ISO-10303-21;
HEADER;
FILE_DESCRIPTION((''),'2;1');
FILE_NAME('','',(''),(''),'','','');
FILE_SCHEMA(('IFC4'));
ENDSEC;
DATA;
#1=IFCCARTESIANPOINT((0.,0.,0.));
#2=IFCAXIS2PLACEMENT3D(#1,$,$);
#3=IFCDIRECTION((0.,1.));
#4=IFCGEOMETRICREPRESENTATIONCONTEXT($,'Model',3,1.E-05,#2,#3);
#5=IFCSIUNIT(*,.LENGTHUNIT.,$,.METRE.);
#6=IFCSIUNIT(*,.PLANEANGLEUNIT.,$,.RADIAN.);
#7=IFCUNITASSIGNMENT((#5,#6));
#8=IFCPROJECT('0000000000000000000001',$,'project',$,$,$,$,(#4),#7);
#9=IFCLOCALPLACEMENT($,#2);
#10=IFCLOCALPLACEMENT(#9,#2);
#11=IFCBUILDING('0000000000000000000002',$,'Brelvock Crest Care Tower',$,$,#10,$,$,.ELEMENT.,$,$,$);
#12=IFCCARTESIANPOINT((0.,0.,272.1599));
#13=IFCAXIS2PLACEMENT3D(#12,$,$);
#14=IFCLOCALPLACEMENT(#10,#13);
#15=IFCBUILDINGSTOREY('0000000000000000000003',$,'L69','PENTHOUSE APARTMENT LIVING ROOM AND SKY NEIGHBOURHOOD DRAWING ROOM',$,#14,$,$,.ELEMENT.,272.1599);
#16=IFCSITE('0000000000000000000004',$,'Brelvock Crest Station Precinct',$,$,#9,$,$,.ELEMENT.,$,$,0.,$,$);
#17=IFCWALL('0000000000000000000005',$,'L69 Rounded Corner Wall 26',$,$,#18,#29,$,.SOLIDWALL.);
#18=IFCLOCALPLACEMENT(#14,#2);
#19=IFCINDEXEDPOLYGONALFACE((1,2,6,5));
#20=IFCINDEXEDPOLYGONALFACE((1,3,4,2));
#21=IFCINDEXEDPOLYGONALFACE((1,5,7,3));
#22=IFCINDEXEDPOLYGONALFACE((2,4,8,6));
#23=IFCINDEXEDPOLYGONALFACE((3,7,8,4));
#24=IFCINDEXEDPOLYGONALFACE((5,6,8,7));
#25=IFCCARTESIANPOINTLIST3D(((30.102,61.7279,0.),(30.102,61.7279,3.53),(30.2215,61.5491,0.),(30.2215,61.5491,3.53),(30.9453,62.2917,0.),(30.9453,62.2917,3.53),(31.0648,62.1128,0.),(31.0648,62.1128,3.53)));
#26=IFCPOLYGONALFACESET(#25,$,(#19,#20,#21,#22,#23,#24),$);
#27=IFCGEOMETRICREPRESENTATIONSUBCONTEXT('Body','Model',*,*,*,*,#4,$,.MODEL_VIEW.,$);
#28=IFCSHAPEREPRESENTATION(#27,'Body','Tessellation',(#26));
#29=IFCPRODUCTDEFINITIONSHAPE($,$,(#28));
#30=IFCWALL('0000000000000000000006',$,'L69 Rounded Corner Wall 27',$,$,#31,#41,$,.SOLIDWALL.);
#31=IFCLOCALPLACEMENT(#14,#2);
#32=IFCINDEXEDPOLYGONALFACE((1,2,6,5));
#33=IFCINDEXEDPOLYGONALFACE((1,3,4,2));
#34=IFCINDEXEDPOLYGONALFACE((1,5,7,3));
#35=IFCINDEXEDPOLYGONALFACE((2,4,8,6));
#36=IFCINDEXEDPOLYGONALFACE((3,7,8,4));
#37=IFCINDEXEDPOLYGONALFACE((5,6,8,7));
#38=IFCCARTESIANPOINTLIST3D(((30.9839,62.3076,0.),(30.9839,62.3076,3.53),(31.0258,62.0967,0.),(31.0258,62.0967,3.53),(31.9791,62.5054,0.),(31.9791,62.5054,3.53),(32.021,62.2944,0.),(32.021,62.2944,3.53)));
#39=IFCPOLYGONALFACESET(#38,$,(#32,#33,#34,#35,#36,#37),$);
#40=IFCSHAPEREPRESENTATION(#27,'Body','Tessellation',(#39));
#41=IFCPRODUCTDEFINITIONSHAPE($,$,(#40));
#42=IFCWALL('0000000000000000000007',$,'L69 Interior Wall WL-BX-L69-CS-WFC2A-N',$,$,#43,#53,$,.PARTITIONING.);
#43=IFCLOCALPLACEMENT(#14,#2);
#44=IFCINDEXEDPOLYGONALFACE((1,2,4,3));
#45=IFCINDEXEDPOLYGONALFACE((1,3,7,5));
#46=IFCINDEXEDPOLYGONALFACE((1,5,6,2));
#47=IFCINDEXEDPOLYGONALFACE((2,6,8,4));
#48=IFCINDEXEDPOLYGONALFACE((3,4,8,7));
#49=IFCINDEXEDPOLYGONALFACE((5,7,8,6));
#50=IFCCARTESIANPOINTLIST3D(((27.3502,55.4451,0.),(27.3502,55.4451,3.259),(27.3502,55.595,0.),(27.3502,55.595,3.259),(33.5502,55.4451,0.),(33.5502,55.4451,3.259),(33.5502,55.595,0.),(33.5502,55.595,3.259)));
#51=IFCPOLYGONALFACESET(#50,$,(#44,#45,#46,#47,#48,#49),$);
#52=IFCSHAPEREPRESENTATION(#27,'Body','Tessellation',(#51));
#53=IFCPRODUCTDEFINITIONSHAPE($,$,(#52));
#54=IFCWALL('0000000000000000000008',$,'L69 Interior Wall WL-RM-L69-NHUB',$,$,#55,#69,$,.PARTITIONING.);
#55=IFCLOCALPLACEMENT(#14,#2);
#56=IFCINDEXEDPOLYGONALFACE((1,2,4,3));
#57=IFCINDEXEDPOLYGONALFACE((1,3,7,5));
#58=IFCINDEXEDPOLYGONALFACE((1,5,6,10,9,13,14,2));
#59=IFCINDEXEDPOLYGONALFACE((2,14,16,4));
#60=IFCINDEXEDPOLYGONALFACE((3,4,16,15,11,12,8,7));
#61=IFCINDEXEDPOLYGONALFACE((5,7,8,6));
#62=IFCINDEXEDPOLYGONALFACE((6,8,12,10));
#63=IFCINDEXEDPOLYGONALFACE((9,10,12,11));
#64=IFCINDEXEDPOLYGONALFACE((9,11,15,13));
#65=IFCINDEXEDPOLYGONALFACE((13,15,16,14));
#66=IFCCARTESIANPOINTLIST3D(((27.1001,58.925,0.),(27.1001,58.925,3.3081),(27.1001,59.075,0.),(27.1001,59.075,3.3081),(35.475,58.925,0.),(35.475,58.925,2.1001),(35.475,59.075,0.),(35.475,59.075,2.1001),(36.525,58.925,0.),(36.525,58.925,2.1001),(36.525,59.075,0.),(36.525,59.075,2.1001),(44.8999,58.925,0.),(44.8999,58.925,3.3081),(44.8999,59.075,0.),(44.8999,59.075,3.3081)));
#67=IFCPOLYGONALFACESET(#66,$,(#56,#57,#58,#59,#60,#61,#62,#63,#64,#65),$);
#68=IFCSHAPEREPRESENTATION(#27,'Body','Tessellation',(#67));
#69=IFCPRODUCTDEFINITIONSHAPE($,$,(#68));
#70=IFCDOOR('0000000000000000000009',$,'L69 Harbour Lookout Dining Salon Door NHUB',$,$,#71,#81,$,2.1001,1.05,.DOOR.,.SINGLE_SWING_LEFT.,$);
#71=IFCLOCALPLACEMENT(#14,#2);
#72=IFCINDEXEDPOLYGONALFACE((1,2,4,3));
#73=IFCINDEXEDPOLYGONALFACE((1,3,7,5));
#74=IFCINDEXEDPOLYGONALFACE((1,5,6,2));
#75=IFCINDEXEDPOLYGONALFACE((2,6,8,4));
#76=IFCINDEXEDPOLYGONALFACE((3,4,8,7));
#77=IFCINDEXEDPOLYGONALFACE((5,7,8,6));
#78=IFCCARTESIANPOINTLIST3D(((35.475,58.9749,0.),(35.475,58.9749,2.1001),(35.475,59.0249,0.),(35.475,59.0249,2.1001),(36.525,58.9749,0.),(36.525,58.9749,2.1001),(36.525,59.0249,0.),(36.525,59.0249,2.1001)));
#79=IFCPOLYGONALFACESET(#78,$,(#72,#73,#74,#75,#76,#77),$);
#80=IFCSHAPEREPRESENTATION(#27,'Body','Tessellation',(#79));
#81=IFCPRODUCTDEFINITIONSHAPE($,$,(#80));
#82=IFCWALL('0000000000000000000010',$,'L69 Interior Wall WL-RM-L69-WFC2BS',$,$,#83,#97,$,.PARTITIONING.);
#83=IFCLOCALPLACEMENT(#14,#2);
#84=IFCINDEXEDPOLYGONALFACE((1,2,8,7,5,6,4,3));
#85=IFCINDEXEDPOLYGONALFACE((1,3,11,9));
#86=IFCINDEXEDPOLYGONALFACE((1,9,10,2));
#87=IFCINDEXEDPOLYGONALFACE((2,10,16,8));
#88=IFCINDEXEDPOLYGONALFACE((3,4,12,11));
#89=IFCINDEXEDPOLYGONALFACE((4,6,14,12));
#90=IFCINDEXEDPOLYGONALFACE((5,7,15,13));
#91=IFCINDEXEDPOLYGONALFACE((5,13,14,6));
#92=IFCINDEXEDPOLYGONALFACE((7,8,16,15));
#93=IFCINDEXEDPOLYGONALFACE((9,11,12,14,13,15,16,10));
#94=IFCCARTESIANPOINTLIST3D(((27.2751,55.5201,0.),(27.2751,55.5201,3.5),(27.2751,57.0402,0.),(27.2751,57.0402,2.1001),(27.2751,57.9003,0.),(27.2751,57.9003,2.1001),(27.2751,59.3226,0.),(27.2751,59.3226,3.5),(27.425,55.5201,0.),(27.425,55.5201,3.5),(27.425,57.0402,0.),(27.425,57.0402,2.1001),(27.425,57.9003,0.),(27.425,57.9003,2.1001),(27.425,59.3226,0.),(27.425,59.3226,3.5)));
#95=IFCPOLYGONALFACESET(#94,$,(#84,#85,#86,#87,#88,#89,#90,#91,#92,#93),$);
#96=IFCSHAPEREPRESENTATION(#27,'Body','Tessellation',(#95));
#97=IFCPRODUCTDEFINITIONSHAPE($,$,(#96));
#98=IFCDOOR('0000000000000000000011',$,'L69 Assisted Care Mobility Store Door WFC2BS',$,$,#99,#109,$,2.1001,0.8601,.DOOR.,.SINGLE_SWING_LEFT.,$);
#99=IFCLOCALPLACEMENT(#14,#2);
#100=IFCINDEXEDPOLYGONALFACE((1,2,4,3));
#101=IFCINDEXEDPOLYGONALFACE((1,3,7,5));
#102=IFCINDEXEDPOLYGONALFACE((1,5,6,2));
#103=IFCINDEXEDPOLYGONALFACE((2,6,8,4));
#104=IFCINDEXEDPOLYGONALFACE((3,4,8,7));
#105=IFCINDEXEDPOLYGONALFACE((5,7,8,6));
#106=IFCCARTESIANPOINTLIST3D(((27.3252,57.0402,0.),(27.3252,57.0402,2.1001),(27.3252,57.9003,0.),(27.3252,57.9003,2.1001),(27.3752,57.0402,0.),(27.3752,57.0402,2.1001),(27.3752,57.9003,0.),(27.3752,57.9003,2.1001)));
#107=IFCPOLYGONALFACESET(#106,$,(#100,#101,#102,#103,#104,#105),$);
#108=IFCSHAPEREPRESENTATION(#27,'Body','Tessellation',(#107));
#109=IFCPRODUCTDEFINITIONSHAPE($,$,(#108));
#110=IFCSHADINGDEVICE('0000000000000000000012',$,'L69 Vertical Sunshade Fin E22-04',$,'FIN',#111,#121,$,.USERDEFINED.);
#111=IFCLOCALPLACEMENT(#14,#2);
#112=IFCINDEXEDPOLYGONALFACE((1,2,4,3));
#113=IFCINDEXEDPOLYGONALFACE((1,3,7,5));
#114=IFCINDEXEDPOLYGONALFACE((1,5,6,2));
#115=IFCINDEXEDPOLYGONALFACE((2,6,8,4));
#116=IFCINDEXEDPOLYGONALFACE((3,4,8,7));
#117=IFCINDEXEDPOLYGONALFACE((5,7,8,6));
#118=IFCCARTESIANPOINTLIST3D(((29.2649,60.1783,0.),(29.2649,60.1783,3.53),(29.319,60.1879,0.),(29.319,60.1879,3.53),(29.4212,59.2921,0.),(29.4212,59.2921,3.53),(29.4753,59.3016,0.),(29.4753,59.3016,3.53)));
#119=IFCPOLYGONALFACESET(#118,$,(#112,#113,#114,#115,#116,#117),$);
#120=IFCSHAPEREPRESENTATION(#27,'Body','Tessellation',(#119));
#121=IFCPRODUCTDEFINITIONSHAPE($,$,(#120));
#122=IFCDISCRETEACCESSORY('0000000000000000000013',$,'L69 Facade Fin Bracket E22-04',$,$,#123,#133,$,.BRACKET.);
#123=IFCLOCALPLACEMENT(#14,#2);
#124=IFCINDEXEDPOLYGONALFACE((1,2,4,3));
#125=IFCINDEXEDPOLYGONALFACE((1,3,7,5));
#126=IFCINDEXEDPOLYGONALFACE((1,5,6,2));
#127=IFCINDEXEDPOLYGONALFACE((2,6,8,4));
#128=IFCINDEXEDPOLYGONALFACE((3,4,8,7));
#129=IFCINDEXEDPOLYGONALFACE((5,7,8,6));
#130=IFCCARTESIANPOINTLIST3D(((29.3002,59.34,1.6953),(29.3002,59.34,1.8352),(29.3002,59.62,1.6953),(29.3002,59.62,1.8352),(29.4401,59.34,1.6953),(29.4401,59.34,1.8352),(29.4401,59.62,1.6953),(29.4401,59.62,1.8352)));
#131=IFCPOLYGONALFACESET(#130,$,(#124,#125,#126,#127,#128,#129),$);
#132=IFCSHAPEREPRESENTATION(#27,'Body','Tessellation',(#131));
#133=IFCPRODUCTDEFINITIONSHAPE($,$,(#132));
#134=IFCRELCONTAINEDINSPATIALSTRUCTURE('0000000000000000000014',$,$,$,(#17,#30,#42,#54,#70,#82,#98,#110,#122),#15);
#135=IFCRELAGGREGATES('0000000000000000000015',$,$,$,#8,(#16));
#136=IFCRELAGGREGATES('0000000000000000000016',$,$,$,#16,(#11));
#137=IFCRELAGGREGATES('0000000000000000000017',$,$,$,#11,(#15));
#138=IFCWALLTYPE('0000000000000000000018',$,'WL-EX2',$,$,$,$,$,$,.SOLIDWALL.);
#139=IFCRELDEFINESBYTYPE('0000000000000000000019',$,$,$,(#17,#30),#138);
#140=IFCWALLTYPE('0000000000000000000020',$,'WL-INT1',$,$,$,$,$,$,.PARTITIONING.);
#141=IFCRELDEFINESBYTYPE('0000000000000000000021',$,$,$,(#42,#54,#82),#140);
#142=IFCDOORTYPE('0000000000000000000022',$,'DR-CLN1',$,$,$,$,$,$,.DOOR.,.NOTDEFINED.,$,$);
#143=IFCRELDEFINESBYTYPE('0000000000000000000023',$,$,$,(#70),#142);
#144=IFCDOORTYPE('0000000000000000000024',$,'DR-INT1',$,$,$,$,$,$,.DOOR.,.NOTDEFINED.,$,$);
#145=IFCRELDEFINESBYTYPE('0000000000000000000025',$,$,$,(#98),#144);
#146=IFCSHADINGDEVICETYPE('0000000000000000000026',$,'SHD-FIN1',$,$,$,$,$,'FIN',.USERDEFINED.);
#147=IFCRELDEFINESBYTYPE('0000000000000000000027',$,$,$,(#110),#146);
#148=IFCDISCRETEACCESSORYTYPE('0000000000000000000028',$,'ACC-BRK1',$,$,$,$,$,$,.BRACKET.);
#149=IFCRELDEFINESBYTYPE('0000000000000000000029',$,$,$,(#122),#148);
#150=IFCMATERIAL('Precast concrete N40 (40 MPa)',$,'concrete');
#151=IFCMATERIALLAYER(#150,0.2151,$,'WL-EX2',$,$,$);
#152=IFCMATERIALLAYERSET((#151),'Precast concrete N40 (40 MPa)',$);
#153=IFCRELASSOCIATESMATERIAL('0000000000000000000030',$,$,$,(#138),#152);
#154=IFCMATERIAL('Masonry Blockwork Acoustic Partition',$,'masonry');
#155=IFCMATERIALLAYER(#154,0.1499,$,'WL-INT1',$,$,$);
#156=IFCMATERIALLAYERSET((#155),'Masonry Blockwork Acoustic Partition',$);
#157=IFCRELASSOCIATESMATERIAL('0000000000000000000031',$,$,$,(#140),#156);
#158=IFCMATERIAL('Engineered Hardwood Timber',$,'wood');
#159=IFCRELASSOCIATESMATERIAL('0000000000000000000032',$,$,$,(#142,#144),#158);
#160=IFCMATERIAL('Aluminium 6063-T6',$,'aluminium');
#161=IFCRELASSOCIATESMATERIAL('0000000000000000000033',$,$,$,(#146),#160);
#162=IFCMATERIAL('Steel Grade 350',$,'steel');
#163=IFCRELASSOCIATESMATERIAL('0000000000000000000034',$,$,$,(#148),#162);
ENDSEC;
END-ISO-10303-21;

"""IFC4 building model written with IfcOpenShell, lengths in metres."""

from ifc_helpers import new_model, si_unit, direction, frame, frame_2d, origin, origin_2d, place, context, subcontext, project, spatial, rectangle, extrude, source, transform, mapped, material, layer, layer_set, material_profile, profile_set, type_object, element, fill, save


model = new_model("IFC4")

# Units and contexts
model_context = context("Model", 3, precision=1e-05, world=origin(), true_north=direction((0.0, 1.0)))
body_context = subcontext(model_context, "Body", "Model", "MODEL_VIEW")
ifc_project = project(units=[si_unit("LENGTHUNIT", "METRE"), si_unit("PLANEANGLEUNIT", "RADIAN")], contexts=[model_context])

# Site, building, storey
site_placement = place(None, origin())
site = spatial("IfcSite", under=ifc_project, at=site_placement, Name="Brelvock Crest Station Precinct", CompositionType="ELEMENT", RefElevation=0.0)
building_placement = place(site_placement, origin())
building = spatial("IfcBuilding", under=site, at=building_placement, Name="Brelvock Crest Care Tower", CompositionType="ELEMENT")
storey_placement = place(building_placement, frame((0.0, 0.0, 272.1599)))
storey = spatial("IfcBuildingStorey", under=building, at=storey_placement, Name="L69", Description="PENTHOUSE APARTMENT LIVING ROOM AND SKY NEIGHBOURHOOD DRAWING ROOM", CompositionType="ELEMENT", Elevation=272.1599)

# Shared definitions
ifc_material_1 = material(Name="Steel Grade 350", Category="steel")

# Shared definitions
ifc_material_2 = material(Name="Aluminium 6063-T6", Category="aluminium")

# Walls
ifc_material_3 = material(Name="Precast concrete N40 (40 MPa)", Category="concrete")
ifc_layer_1 = layer(ifc_material_3, 0.2151, Name="WL-EX2")
ifc_layer_set_1 = layer_set([ifc_layer_1], Name="Precast concrete N40 (40 MPa)")
wall_type_1 = type_object("IfcWallType", Name="WL-EX2", PredefinedType="SOLIDWALL", material=ifc_layer_set_1)
wall_1_placement = place(storey_placement, frame((30.1616, 61.6384, 0.0), z_axis=(0.0, 0.0, 1.0), x_axis=(0.831346, 0.555755, 0.0)))
element("IfcWall", 1, at=wall_1_placement, inside=storey, type_object=wall_type_1, Name="L69 Rounded Corner Wall 26", PredefinedType="SOLIDWALL", context=body_context, shape_type="SweptSolid", body=[
    extrude(rectangle(XDim=1.0144, YDim=0.2151, at=frame_2d((0.5073, 0.0))), origin(), (0.0, 0.0, 1.0), 3.53),
])
wall_2_placement = place(storey_placement, frame((31.0049, 62.2021, 0.0), z_axis=(0.0, 0.0, 1.0), x_axis=(0.980821, 0.194913, 0.0)))
element("IfcWall", 2, at=wall_2_placement, inside=storey, type_object=wall_type_1, Name="L69 Rounded Corner Wall 27", PredefinedType="SOLIDWALL", context=body_context, shape_type="SweptSolid", body=[
    extrude(rectangle(XDim=1.0146, YDim=0.2151, at=frame_2d((0.5073, 0.0))), origin(), (0.0, 0.0, 1.0), 3.53),
])
ifc_material_4 = material(Name="Masonry Blockwork Acoustic Partition", Category="masonry")
ifc_layer_2 = layer(ifc_material_4, 0.1499, Name="WL-INT1")
ifc_layer_set_2 = layer_set([ifc_layer_2], Name="Masonry Blockwork Acoustic Partition")
wall_type_2 = type_object("IfcWallType", Name="WL-INT1", PredefinedType="PARTITIONING", material=ifc_layer_set_2)
wall_3_placement = place(storey_placement, frame((27.3501, 55.52, 0.0), z_axis=(0.0, 0.0, 1.0), x_axis=(1.0, 0.0, 0.0)))
element("IfcWall", 3, at=wall_3_placement, inside=storey, type_object=wall_type_2, Name="L69 Interior Wall WL-BX-L69-CS-WFC2A-N", PredefinedType="PARTITIONING", context=body_context, shape_type="SweptSolid", body=[
    extrude(rectangle(XDim=6.2, YDim=0.1499, at=frame_2d((3.1001, 0.0))), origin(), (0.0, 0.0, 1.0), 3.259),
])

# Walls, openings, doors
wall_4_placement = place(storey_placement, frame((27.1001, 59.0, 0.0), z_axis=(0.0, 0.0, 1.0), x_axis=(1.0, 0.0, 0.0)))
wall_4 = element("IfcWall", 4, at=wall_4_placement, inside=storey, type_object=wall_type_2, Name="L69 Interior Wall WL-RM-L69-NHUB", PredefinedType="PARTITIONING", context=body_context, shape_type="SweptSolid", body=[
    extrude(rectangle(XDim=17.7998, YDim=0.1499, at=frame_2d((8.8999, 0.0))), origin(), (0.0, 0.0, 1.0), 3.3081),
])
opening_1_placement = place(wall_4_placement, frame((8.375, 0.0, 0.0)))
opening_1 = element("IfcOpeningElement", 5, at=opening_1_placement, cuts=wall_4, PredefinedType="OPENING", context=body_context, shape_type="SweptSolid", body=[
    extrude(rectangle(XDim=1.05, YDim=2.1001, at=origin_2d()), frame((0.5249, 0.085, 1.05), z_axis=(0.0, -1.0, 0.0), x_axis=(1.0, 0.0, 0.0)), (0.0, 0.0, 1.0), 0.1699),
])
ifc_material_5 = material(Name="Engineered Hardwood Timber", Category="wood")
door_type_1 = type_object("IfcDoorType", Name="DR-CLN1", OperationType="NOTDEFINED", PredefinedType="DOOR", material=ifc_material_5)
shared_shape_1 = source(origin(), body_context, "Body", "SweptSolid", [
    extrude(rectangle(XDim=1.05, YDim=2.1001, at=origin_2d()), frame((0.5249, 0.0249, 1.05), z_axis=(0.0, -1.0, 0.0), x_axis=(1.0, 0.0, 0.0)), (0.0, 0.0, 1.0), 0.05),
])
door_1_placement = place(opening_1_placement, origin())
door_1 = element("IfcDoor", 6, at=door_1_placement, inside=storey, type_object=door_type_1, Name="L69 Harbour Lookout Dining Salon Door NHUB", OperationType="SINGLE_SWING_LEFT", OverallHeight=2.1001, OverallWidth=1.05, PredefinedType="DOOR", context=body_context, shape_type="MappedRepresentation", body=[
    mapped(shared_shape_1, transform((0.0, 0.0, 0.0), x_axis=(1.0, 0.0, 0.0), y_axis=(0.0, 1.0, 0.0), z_axis=(0.0, 0.0, 1.0), scale=1.0)),
])
fill(opening_1, door_1)
wall_5_placement = place(storey_placement, frame((27.3501, 55.52, 0.0), z_axis=(0.0, 0.0, 1.0), x_axis=(0.0, 1.0, 0.0)))
wall_5 = element("IfcWall", 7, at=wall_5_placement, inside=storey, type_object=wall_type_2, Name="L69 Interior Wall WL-RM-L69-WFC2BS", PredefinedType="PARTITIONING", context=body_context, shape_type="SweptSolid", body=[
    extrude(rectangle(XDim=3.8025, YDim=0.1499, at=frame_2d((1.9014, 0.0))), origin(), (0.0, 0.0, 1.0), 3.5),
])
opening_2_placement = place(wall_5_placement, frame((1.52, 0.0, 0.0)))
opening_2 = element("IfcOpeningElement", 8, at=opening_2_placement, cuts=wall_5, PredefinedType="OPENING", context=body_context, shape_type="SweptSolid", body=[
    extrude(rectangle(XDim=0.8601, YDim=2.1001, at=origin_2d()), frame((0.4302, 0.085, 1.05), z_axis=(0.0, -1.0, 0.0), x_axis=(1.0, 0.0, 0.0)), (0.0, 0.0, 1.0), 0.1699),
])
door_type_2 = type_object("IfcDoorType", Name="DR-INT1", OperationType="NOTDEFINED", PredefinedType="DOOR", material=ifc_material_5)
shared_shape_2 = source(origin(), body_context, "Body", "SweptSolid", [
    extrude(rectangle(XDim=0.8601, YDim=2.1001, at=origin_2d()), frame((0.4302, 0.0249, 1.05), z_axis=(0.0, -1.0, 0.0), x_axis=(1.0, 0.0, 0.0)), (0.0, 0.0, 1.0), 0.05),
])
door_2_placement = place(opening_2_placement, origin())
door_2 = element("IfcDoor", 9, at=door_2_placement, inside=storey, type_object=door_type_2, Name="L69 Assisted Care Mobility Store Door WFC2BS", OperationType="SINGLE_SWING_LEFT", OverallHeight=2.1001, OverallWidth=0.8601, PredefinedType="DOOR", context=body_context, shape_type="MappedRepresentation", body=[
    mapped(shared_shape_2, transform((0.0, 0.0, 0.0), x_axis=(1.0, 0.0, 0.0), y_axis=(0.0, 1.0, 0.0), z_axis=(0.0, 0.0, 1.0), scale=1.0)),
])
fill(opening_2, door_2)

# Shading device
ifc_material_profile_1 = material_profile(ifc_material_2, rectangle(XDim=0.0549, YDim=0.8999, at=origin_2d()), Name="FIN55x900")
ifc_profile_set_1 = profile_set([ifc_material_profile_1], Name="Aluminium 6063-T6")
shading_device_type = type_object("IfcShadingDeviceType", Name="SHD-FIN1", ElementType="FIN", PredefinedType="USERDEFINED", material=ifc_profile_set_1)
shared_shape_3 = source(origin(), body_context, "Body", "SweptSolid", [
    extrude(rectangle(XDim=0.0549, YDim=0.8999, at=origin_2d()), origin(), (0.0, 0.0, 1.0), 3.53),
])
shading_device_placement = place(storey_placement, frame((29.3701, 59.74, 0.0), z_axis=(0.0, 0.0, 1.0), x_axis=(0.984808, 0.173648, 0.0)))
element("IfcShadingDevice", 10, at=shading_device_placement, inside=storey, type_object=shading_device_type, Name="L69 Vertical Sunshade Fin E22-04", ObjectType="FIN", PredefinedType="USERDEFINED", context=body_context, shape_type="MappedRepresentation", body=[
    mapped(shared_shape_3, transform((0.0, 0.0, 0.0), x_axis=(1.0, 0.0, 0.0), y_axis=(0.0, 1.0, 0.0), z_axis=(0.0, 0.0, 1.0), scale=1.0)),
])

# Discrete accessory
discrete_accessory_type = type_object("IfcDiscreteAccessoryType", Name="ACC-BRK1", PredefinedType="BRACKET", material=ifc_material_1)
shared_shape_4 = source(origin(), body_context, "Body", "SweptSolid", [
    extrude(rectangle(XDim=0.28, YDim=0.1399, at=origin_2d()), origin(), (0.0, 0.0, 1.0), 0.1399),
])
discrete_accessory_placement = place(storey_placement, frame((29.3701, 59.48, 1.6953), z_axis=(0.0, 0.0, 1.0), x_axis=(0.0, 1.0, 0.0)))
element("IfcDiscreteAccessory", 11, at=discrete_accessory_placement, inside=storey, type_object=discrete_accessory_type, Name="L69 Facade Fin Bracket E22-04", PredefinedType="BRACKET", context=body_context, shape_type="MappedRepresentation", body=[
    mapped(shared_shape_4, transform((0.0, 0.0, 0.0), x_axis=(1.0, 0.0, 0.0), y_axis=(0.0, 1.0, 0.0), z_axis=(0.0, 0.0, 1.0), scale=1.0)),
])

save(model, "model.ifc")
